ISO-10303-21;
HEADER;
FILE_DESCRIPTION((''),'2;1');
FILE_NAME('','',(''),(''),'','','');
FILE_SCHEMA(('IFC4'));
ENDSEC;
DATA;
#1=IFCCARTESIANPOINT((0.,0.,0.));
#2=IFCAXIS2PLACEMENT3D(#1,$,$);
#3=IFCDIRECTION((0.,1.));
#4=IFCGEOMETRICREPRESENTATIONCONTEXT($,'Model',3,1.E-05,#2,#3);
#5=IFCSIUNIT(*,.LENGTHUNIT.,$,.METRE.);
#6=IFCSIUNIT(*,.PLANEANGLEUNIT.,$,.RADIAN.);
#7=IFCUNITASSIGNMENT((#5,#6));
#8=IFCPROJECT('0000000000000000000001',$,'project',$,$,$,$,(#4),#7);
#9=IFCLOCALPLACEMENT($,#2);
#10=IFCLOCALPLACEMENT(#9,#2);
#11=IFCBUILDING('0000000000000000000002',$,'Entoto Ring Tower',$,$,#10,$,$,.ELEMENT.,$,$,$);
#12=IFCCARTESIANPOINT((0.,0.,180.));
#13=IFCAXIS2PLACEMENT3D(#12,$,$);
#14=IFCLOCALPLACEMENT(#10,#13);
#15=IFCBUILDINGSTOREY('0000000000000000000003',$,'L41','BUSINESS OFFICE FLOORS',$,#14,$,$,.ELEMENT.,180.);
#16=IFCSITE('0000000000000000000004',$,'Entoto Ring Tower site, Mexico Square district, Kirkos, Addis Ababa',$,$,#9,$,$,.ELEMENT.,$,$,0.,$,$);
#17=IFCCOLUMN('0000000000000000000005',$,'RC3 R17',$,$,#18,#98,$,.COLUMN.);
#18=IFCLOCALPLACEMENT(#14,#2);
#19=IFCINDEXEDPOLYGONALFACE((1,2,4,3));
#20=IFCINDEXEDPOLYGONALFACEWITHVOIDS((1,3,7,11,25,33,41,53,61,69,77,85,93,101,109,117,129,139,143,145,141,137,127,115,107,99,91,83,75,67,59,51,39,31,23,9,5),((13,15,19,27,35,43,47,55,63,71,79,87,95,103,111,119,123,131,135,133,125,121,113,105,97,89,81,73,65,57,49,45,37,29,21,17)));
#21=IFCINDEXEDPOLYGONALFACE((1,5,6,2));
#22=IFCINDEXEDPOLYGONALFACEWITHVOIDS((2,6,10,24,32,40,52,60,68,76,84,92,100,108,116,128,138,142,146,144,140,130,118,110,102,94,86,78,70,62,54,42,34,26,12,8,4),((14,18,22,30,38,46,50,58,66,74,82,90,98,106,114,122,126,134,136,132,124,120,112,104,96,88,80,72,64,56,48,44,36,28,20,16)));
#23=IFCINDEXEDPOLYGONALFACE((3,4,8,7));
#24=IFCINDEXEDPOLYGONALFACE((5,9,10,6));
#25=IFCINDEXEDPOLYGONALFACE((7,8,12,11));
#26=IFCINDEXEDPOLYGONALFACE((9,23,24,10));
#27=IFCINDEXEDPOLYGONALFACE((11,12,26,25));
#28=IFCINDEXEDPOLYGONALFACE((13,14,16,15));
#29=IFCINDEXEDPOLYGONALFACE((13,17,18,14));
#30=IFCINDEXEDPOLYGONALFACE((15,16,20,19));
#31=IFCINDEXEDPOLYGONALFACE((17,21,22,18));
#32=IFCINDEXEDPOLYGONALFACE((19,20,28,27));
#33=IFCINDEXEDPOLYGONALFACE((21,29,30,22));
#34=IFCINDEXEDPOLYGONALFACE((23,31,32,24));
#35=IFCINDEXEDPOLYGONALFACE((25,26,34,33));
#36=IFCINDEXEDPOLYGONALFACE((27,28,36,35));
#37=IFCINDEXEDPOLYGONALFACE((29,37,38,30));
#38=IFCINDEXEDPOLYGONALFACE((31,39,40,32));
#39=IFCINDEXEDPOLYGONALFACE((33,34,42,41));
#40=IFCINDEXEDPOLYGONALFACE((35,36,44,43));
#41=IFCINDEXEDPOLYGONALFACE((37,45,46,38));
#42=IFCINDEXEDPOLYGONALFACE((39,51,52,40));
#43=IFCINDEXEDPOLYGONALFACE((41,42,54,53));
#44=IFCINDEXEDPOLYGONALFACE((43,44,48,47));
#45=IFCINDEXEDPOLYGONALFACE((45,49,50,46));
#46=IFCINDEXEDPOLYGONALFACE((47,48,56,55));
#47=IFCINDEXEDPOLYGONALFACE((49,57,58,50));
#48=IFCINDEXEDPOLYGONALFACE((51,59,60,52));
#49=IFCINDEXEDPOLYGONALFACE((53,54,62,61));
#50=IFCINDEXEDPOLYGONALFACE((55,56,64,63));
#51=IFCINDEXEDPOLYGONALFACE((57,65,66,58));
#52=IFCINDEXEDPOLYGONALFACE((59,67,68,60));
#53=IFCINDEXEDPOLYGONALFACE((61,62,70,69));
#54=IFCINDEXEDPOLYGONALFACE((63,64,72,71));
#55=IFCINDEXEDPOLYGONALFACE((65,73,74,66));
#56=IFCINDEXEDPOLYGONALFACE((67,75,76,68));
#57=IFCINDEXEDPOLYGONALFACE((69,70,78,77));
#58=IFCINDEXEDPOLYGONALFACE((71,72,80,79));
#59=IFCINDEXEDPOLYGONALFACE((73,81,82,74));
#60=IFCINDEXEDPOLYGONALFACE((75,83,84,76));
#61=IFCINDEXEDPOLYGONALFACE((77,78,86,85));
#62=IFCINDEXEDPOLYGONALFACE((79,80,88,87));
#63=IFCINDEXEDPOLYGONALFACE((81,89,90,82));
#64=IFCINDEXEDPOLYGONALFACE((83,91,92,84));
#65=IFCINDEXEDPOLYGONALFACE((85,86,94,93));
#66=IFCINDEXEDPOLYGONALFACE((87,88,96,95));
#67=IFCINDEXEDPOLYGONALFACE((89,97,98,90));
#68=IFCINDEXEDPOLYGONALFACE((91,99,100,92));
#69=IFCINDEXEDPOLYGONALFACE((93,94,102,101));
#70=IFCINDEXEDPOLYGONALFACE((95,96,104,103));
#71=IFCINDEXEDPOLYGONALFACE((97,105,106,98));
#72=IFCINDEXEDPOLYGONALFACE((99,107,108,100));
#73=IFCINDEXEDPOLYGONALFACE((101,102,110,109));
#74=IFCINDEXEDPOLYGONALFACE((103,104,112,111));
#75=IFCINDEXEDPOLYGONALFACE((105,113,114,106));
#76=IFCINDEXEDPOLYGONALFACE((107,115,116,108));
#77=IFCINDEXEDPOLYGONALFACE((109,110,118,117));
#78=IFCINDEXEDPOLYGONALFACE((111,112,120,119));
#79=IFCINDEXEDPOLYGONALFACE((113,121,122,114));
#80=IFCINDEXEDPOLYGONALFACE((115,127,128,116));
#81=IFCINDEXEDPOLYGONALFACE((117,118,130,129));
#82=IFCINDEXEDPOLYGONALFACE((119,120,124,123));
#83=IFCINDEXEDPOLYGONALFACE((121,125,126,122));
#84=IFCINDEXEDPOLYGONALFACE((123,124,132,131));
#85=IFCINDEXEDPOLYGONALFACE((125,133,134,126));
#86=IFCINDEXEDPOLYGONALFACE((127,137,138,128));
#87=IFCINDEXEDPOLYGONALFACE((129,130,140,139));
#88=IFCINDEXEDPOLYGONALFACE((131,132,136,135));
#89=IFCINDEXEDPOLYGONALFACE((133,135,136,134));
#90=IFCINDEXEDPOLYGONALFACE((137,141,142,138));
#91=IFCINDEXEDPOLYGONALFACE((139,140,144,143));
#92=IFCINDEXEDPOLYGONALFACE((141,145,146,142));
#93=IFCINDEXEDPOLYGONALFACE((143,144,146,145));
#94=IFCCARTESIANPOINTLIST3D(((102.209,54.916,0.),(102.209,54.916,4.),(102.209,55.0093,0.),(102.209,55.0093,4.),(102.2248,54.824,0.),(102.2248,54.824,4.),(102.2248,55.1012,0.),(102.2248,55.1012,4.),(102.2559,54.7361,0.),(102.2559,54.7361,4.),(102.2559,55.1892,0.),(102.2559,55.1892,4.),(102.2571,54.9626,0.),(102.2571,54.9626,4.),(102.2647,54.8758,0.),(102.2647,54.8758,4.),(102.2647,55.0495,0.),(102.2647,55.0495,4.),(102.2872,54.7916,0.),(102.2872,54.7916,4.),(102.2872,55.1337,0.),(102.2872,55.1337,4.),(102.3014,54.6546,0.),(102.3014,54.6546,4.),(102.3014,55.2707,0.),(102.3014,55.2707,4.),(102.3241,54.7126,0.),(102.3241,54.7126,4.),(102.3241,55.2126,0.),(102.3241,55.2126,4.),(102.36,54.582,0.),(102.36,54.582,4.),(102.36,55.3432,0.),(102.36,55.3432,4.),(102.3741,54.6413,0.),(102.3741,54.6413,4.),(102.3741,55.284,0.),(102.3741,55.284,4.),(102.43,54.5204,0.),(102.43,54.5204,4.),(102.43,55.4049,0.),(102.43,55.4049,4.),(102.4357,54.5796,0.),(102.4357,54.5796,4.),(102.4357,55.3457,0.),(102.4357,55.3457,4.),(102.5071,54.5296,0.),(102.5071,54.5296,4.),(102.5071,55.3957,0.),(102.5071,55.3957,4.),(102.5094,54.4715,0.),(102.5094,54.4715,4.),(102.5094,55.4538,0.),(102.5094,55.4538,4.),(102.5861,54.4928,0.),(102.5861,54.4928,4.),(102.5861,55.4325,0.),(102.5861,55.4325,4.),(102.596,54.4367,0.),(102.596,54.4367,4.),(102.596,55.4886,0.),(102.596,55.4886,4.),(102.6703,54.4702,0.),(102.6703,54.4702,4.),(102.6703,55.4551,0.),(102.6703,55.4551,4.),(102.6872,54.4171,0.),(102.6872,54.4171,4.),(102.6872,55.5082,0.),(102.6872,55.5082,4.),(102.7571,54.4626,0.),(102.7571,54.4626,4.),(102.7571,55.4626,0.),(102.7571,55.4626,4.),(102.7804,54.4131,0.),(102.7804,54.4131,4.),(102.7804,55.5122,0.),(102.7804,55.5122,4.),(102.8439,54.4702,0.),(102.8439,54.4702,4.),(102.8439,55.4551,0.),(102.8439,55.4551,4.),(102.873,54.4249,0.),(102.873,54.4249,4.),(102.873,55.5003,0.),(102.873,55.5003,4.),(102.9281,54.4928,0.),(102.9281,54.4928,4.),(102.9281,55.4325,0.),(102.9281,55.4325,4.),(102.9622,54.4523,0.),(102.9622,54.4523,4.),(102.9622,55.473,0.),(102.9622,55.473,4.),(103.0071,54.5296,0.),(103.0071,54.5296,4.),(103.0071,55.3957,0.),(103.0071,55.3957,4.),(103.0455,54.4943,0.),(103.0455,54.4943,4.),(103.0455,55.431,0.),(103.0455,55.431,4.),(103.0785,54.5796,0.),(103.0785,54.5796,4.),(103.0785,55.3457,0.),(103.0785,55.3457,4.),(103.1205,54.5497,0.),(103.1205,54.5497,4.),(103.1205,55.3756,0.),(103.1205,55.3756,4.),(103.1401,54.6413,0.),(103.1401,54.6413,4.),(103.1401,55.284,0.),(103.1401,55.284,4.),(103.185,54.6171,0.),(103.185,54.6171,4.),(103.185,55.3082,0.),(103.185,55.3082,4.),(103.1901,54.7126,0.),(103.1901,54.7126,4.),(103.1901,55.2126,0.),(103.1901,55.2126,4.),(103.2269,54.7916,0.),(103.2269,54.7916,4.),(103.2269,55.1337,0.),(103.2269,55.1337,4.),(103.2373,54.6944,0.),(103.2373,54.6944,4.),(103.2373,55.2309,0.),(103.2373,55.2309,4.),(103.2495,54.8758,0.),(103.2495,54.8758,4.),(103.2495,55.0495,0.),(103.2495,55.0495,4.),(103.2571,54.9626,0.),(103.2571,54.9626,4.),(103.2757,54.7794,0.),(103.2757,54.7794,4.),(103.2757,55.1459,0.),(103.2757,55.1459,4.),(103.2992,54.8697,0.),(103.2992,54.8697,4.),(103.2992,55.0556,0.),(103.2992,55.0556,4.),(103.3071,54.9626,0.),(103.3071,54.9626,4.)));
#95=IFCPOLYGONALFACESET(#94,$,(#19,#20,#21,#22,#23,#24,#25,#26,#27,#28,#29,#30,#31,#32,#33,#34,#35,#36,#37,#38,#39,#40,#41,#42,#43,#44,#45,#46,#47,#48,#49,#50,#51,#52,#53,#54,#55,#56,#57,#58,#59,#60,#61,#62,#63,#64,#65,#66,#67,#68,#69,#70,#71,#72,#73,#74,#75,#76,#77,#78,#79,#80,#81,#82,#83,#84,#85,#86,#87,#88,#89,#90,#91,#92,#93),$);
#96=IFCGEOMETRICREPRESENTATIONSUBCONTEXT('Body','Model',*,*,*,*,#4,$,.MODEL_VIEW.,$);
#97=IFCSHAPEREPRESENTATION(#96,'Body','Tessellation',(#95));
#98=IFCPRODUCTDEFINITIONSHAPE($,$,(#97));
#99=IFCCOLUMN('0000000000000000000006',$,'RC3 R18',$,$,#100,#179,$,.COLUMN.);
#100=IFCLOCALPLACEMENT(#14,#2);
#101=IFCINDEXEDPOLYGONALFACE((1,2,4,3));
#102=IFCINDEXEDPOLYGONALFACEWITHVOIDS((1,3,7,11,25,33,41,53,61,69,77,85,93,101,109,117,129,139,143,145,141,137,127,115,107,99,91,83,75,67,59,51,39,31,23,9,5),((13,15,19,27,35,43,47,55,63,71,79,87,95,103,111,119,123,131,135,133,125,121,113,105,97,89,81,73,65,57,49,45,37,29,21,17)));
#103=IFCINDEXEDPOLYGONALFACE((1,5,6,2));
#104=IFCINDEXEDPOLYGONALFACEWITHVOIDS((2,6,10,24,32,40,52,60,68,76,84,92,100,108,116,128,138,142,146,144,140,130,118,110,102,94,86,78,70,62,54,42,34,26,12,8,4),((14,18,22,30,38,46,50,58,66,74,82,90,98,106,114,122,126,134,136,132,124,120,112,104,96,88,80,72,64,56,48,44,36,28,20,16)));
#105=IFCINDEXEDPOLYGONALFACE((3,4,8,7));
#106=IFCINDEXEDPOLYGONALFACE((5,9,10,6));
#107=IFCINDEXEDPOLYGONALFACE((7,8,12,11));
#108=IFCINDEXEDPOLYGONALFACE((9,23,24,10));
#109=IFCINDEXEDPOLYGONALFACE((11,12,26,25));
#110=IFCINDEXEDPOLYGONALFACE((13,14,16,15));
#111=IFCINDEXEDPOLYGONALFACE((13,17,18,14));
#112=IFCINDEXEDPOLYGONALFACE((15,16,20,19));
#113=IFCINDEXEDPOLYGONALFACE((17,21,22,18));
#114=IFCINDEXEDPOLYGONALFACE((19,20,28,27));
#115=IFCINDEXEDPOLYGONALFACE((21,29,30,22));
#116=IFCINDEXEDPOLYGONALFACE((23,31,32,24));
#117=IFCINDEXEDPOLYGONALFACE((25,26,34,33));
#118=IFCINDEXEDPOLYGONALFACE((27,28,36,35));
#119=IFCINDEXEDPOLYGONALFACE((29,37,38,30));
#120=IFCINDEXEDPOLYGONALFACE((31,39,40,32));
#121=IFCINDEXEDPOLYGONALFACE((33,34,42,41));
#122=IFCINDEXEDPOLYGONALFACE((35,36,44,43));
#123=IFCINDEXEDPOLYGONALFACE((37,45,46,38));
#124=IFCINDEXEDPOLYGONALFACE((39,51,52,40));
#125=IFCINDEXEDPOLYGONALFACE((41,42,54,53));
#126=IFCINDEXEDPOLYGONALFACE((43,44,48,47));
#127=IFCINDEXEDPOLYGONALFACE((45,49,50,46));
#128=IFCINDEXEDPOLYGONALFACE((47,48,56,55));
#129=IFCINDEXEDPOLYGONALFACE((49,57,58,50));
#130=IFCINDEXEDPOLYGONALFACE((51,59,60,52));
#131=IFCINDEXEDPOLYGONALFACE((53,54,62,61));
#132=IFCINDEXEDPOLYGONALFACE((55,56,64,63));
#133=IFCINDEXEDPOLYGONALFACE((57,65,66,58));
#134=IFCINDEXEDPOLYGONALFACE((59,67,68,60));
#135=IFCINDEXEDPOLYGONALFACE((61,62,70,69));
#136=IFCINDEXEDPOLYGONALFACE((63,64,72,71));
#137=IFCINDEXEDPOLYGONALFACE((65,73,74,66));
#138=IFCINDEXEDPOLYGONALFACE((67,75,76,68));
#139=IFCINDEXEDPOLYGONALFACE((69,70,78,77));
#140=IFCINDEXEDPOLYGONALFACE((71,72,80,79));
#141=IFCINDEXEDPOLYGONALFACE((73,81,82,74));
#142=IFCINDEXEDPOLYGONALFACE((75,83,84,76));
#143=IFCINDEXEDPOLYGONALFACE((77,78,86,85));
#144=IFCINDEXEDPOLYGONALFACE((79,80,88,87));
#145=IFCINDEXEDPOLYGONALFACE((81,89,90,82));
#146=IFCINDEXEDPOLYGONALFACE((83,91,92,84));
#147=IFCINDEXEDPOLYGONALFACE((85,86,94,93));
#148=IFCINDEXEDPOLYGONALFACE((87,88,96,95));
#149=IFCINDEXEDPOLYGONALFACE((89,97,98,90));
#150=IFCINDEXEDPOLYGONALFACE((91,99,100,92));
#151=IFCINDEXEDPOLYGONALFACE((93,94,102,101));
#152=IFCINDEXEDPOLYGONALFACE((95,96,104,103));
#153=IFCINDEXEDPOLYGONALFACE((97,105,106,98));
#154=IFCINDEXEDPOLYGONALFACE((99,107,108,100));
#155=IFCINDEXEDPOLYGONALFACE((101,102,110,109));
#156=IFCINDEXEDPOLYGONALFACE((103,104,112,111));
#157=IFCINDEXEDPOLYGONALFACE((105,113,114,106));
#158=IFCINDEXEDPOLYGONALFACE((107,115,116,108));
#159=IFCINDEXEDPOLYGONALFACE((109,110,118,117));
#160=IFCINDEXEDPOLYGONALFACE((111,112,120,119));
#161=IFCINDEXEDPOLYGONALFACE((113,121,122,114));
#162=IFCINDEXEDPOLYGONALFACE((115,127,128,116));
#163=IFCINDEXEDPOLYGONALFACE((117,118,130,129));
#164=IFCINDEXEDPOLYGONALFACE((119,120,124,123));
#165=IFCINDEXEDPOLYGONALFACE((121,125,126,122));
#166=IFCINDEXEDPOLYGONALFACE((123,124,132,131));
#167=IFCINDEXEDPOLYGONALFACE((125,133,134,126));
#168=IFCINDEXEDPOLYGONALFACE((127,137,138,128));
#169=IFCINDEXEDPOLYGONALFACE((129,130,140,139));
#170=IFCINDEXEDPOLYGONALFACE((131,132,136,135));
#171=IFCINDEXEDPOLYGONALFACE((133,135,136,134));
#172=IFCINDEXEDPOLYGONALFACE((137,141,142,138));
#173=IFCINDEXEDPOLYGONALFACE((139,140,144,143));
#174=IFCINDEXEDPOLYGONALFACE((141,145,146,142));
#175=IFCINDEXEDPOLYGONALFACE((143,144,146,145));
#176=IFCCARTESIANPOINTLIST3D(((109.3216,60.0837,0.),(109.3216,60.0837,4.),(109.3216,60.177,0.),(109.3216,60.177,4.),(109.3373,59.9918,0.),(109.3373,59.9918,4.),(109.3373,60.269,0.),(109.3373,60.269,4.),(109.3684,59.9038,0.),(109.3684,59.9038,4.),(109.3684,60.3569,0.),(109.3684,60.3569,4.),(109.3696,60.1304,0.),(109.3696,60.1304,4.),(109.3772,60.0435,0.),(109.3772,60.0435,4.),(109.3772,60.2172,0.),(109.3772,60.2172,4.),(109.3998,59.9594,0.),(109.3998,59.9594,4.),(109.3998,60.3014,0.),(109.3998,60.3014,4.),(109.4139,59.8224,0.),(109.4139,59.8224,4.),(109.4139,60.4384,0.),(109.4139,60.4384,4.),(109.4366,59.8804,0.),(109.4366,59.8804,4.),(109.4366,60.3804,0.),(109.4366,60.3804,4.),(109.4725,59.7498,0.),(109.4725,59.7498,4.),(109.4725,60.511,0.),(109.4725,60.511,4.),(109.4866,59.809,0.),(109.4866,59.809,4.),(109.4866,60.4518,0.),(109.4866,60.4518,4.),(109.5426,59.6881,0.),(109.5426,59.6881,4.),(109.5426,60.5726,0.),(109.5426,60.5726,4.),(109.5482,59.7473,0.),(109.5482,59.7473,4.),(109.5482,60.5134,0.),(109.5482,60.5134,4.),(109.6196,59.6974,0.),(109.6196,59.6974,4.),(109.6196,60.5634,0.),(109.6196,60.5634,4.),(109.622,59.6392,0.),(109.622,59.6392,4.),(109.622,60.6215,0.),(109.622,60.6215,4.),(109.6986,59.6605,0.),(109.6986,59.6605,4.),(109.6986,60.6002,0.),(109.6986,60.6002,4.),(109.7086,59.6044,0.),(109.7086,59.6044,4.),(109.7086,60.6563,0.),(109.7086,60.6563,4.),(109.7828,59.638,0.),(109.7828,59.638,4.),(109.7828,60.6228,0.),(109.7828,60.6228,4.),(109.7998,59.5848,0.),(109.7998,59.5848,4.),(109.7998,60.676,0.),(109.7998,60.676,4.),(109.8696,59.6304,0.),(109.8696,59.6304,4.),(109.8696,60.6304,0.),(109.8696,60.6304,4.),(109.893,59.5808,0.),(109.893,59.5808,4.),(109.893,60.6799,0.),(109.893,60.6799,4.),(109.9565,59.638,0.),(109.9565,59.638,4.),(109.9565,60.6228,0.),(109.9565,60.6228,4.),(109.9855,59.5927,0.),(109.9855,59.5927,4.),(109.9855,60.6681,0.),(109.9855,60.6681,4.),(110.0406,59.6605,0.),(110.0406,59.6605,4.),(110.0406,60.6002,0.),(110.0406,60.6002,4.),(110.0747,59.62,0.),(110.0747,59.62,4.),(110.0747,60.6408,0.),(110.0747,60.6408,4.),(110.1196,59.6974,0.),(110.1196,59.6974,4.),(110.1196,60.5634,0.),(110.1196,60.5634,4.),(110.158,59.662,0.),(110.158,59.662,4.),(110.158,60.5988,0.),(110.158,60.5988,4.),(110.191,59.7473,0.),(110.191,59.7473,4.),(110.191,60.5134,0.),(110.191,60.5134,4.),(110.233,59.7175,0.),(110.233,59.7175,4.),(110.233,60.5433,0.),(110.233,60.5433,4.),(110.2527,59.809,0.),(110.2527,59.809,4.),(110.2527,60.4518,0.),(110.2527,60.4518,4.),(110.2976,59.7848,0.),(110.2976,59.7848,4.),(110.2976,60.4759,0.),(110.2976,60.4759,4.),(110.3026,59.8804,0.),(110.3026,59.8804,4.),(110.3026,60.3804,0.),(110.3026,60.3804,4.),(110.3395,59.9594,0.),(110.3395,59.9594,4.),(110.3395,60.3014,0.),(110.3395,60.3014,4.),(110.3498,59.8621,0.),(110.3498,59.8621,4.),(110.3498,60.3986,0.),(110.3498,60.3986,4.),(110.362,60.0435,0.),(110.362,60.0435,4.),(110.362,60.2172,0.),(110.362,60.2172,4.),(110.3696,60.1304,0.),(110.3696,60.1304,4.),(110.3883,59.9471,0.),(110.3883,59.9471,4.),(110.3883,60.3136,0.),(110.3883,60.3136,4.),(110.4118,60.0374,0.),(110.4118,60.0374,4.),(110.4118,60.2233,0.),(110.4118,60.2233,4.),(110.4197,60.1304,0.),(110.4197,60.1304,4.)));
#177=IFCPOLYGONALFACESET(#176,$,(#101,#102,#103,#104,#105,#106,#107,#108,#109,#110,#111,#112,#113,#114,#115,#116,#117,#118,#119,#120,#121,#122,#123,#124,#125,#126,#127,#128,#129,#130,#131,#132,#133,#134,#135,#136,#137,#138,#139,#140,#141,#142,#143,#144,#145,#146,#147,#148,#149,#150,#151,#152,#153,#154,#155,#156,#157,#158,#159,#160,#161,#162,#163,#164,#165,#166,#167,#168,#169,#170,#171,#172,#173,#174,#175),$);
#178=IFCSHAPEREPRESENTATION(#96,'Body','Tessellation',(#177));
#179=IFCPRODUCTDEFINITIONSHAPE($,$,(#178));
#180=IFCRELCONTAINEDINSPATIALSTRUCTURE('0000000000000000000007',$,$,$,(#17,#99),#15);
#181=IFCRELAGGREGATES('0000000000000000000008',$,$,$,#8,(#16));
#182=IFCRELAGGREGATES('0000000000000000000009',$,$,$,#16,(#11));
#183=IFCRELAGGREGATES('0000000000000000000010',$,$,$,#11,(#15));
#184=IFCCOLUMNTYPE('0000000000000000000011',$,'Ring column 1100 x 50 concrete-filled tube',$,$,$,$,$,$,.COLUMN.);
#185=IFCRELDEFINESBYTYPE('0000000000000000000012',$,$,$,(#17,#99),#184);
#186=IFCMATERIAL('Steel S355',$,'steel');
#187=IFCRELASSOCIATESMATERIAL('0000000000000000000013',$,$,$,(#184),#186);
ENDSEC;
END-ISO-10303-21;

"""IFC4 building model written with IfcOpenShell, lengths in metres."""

from ifc_helpers import new_model, si_unit, direction, frame, origin, origin_2d, place, context, subcontext, project, spatial, circle, hollow_circle, extrude, material, material_profile, profile_set, type_object, element, save


model = new_model("IFC4")

# Units and contexts
model_context = context("Model", 3, precision=1e-05, world=origin(), true_north=direction((0.0, 1.0)))
body_context = subcontext(model_context, "Body", "Model", "MODEL_VIEW")
ifc_project = project(units=[si_unit("LENGTHUNIT", "METRE"), si_unit("PLANEANGLEUNIT", "RADIAN")], contexts=[model_context])

# Site, building, storey
site_placement = place(None, origin())
site = spatial("IfcSite", under=ifc_project, at=site_placement, Name="Entoto Ring Tower site, Mexico Square district, Kirkos, Addis Ababa", CompositionType="ELEMENT", RefElevation=0.0)
building_placement = place(site_placement, origin())
building = spatial("IfcBuilding", under=site, at=building_placement, Name="Entoto Ring Tower", CompositionType="ELEMENT")
storey_placement = place(building_placement, frame((0.0, 0.0, 180.0)))
storey = spatial("IfcBuildingStorey", under=building, at=storey_placement, Name="L41", Description="BUSINESS OFFICE FLOORS", CompositionType="ELEMENT", Elevation=180.0)

# Columns
ifc_material_1 = material(Name="Steel S355", Category="steel")
ifc_material_profile_1 = material_profile(ifc_material_1, hollow_circle(Radius=0.55, WallThickness=0.05, at=origin_2d()), Name="CHS 1100 x 50")
ifc_material_2 = material(Name="Concrete C60/75", Category="concrete")
ifc_material_profile_2 = material_profile(ifc_material_2, circle(Radius=0.5, at=origin_2d()), Name="Concrete C60/75 infill")
ifc_profile_set_1 = profile_set([ifc_material_profile_1, ifc_material_profile_2], Name="Steel S355")
column_type = type_object("IfcColumnType", Name="Ring column 1100 x 50 concrete-filled tube", PredefinedType="COLUMN", material=ifc_profile_set_1)
for number, where, z_axis, x_axis, name in (
    (1, (102.7571, 54.9626, 0.0), (0.0, 0.0, 1.0), (1.0, 0.0, 0.0), "RC3 R17"),
    (2, (109.8696, 60.1304, 0.0), (0.0, 0.0, 1.0), (1.0, 0.0, 0.0), "RC3 R18"),
):
    element("IfcColumn", number, at=place(storey_placement, frame(where, z_axis=z_axis, x_axis=x_axis)), inside=storey, type_object=column_type, Name=name, PredefinedType="COLUMN", context=body_context, shape_type="SweptSolid", body=[
        extrude(hollow_circle(Radius=0.55, WallThickness=0.05, at=origin_2d()), origin(), (0.0, 0.0, 1.0), 4.0),
    ])

save(model, "model.ifc")
